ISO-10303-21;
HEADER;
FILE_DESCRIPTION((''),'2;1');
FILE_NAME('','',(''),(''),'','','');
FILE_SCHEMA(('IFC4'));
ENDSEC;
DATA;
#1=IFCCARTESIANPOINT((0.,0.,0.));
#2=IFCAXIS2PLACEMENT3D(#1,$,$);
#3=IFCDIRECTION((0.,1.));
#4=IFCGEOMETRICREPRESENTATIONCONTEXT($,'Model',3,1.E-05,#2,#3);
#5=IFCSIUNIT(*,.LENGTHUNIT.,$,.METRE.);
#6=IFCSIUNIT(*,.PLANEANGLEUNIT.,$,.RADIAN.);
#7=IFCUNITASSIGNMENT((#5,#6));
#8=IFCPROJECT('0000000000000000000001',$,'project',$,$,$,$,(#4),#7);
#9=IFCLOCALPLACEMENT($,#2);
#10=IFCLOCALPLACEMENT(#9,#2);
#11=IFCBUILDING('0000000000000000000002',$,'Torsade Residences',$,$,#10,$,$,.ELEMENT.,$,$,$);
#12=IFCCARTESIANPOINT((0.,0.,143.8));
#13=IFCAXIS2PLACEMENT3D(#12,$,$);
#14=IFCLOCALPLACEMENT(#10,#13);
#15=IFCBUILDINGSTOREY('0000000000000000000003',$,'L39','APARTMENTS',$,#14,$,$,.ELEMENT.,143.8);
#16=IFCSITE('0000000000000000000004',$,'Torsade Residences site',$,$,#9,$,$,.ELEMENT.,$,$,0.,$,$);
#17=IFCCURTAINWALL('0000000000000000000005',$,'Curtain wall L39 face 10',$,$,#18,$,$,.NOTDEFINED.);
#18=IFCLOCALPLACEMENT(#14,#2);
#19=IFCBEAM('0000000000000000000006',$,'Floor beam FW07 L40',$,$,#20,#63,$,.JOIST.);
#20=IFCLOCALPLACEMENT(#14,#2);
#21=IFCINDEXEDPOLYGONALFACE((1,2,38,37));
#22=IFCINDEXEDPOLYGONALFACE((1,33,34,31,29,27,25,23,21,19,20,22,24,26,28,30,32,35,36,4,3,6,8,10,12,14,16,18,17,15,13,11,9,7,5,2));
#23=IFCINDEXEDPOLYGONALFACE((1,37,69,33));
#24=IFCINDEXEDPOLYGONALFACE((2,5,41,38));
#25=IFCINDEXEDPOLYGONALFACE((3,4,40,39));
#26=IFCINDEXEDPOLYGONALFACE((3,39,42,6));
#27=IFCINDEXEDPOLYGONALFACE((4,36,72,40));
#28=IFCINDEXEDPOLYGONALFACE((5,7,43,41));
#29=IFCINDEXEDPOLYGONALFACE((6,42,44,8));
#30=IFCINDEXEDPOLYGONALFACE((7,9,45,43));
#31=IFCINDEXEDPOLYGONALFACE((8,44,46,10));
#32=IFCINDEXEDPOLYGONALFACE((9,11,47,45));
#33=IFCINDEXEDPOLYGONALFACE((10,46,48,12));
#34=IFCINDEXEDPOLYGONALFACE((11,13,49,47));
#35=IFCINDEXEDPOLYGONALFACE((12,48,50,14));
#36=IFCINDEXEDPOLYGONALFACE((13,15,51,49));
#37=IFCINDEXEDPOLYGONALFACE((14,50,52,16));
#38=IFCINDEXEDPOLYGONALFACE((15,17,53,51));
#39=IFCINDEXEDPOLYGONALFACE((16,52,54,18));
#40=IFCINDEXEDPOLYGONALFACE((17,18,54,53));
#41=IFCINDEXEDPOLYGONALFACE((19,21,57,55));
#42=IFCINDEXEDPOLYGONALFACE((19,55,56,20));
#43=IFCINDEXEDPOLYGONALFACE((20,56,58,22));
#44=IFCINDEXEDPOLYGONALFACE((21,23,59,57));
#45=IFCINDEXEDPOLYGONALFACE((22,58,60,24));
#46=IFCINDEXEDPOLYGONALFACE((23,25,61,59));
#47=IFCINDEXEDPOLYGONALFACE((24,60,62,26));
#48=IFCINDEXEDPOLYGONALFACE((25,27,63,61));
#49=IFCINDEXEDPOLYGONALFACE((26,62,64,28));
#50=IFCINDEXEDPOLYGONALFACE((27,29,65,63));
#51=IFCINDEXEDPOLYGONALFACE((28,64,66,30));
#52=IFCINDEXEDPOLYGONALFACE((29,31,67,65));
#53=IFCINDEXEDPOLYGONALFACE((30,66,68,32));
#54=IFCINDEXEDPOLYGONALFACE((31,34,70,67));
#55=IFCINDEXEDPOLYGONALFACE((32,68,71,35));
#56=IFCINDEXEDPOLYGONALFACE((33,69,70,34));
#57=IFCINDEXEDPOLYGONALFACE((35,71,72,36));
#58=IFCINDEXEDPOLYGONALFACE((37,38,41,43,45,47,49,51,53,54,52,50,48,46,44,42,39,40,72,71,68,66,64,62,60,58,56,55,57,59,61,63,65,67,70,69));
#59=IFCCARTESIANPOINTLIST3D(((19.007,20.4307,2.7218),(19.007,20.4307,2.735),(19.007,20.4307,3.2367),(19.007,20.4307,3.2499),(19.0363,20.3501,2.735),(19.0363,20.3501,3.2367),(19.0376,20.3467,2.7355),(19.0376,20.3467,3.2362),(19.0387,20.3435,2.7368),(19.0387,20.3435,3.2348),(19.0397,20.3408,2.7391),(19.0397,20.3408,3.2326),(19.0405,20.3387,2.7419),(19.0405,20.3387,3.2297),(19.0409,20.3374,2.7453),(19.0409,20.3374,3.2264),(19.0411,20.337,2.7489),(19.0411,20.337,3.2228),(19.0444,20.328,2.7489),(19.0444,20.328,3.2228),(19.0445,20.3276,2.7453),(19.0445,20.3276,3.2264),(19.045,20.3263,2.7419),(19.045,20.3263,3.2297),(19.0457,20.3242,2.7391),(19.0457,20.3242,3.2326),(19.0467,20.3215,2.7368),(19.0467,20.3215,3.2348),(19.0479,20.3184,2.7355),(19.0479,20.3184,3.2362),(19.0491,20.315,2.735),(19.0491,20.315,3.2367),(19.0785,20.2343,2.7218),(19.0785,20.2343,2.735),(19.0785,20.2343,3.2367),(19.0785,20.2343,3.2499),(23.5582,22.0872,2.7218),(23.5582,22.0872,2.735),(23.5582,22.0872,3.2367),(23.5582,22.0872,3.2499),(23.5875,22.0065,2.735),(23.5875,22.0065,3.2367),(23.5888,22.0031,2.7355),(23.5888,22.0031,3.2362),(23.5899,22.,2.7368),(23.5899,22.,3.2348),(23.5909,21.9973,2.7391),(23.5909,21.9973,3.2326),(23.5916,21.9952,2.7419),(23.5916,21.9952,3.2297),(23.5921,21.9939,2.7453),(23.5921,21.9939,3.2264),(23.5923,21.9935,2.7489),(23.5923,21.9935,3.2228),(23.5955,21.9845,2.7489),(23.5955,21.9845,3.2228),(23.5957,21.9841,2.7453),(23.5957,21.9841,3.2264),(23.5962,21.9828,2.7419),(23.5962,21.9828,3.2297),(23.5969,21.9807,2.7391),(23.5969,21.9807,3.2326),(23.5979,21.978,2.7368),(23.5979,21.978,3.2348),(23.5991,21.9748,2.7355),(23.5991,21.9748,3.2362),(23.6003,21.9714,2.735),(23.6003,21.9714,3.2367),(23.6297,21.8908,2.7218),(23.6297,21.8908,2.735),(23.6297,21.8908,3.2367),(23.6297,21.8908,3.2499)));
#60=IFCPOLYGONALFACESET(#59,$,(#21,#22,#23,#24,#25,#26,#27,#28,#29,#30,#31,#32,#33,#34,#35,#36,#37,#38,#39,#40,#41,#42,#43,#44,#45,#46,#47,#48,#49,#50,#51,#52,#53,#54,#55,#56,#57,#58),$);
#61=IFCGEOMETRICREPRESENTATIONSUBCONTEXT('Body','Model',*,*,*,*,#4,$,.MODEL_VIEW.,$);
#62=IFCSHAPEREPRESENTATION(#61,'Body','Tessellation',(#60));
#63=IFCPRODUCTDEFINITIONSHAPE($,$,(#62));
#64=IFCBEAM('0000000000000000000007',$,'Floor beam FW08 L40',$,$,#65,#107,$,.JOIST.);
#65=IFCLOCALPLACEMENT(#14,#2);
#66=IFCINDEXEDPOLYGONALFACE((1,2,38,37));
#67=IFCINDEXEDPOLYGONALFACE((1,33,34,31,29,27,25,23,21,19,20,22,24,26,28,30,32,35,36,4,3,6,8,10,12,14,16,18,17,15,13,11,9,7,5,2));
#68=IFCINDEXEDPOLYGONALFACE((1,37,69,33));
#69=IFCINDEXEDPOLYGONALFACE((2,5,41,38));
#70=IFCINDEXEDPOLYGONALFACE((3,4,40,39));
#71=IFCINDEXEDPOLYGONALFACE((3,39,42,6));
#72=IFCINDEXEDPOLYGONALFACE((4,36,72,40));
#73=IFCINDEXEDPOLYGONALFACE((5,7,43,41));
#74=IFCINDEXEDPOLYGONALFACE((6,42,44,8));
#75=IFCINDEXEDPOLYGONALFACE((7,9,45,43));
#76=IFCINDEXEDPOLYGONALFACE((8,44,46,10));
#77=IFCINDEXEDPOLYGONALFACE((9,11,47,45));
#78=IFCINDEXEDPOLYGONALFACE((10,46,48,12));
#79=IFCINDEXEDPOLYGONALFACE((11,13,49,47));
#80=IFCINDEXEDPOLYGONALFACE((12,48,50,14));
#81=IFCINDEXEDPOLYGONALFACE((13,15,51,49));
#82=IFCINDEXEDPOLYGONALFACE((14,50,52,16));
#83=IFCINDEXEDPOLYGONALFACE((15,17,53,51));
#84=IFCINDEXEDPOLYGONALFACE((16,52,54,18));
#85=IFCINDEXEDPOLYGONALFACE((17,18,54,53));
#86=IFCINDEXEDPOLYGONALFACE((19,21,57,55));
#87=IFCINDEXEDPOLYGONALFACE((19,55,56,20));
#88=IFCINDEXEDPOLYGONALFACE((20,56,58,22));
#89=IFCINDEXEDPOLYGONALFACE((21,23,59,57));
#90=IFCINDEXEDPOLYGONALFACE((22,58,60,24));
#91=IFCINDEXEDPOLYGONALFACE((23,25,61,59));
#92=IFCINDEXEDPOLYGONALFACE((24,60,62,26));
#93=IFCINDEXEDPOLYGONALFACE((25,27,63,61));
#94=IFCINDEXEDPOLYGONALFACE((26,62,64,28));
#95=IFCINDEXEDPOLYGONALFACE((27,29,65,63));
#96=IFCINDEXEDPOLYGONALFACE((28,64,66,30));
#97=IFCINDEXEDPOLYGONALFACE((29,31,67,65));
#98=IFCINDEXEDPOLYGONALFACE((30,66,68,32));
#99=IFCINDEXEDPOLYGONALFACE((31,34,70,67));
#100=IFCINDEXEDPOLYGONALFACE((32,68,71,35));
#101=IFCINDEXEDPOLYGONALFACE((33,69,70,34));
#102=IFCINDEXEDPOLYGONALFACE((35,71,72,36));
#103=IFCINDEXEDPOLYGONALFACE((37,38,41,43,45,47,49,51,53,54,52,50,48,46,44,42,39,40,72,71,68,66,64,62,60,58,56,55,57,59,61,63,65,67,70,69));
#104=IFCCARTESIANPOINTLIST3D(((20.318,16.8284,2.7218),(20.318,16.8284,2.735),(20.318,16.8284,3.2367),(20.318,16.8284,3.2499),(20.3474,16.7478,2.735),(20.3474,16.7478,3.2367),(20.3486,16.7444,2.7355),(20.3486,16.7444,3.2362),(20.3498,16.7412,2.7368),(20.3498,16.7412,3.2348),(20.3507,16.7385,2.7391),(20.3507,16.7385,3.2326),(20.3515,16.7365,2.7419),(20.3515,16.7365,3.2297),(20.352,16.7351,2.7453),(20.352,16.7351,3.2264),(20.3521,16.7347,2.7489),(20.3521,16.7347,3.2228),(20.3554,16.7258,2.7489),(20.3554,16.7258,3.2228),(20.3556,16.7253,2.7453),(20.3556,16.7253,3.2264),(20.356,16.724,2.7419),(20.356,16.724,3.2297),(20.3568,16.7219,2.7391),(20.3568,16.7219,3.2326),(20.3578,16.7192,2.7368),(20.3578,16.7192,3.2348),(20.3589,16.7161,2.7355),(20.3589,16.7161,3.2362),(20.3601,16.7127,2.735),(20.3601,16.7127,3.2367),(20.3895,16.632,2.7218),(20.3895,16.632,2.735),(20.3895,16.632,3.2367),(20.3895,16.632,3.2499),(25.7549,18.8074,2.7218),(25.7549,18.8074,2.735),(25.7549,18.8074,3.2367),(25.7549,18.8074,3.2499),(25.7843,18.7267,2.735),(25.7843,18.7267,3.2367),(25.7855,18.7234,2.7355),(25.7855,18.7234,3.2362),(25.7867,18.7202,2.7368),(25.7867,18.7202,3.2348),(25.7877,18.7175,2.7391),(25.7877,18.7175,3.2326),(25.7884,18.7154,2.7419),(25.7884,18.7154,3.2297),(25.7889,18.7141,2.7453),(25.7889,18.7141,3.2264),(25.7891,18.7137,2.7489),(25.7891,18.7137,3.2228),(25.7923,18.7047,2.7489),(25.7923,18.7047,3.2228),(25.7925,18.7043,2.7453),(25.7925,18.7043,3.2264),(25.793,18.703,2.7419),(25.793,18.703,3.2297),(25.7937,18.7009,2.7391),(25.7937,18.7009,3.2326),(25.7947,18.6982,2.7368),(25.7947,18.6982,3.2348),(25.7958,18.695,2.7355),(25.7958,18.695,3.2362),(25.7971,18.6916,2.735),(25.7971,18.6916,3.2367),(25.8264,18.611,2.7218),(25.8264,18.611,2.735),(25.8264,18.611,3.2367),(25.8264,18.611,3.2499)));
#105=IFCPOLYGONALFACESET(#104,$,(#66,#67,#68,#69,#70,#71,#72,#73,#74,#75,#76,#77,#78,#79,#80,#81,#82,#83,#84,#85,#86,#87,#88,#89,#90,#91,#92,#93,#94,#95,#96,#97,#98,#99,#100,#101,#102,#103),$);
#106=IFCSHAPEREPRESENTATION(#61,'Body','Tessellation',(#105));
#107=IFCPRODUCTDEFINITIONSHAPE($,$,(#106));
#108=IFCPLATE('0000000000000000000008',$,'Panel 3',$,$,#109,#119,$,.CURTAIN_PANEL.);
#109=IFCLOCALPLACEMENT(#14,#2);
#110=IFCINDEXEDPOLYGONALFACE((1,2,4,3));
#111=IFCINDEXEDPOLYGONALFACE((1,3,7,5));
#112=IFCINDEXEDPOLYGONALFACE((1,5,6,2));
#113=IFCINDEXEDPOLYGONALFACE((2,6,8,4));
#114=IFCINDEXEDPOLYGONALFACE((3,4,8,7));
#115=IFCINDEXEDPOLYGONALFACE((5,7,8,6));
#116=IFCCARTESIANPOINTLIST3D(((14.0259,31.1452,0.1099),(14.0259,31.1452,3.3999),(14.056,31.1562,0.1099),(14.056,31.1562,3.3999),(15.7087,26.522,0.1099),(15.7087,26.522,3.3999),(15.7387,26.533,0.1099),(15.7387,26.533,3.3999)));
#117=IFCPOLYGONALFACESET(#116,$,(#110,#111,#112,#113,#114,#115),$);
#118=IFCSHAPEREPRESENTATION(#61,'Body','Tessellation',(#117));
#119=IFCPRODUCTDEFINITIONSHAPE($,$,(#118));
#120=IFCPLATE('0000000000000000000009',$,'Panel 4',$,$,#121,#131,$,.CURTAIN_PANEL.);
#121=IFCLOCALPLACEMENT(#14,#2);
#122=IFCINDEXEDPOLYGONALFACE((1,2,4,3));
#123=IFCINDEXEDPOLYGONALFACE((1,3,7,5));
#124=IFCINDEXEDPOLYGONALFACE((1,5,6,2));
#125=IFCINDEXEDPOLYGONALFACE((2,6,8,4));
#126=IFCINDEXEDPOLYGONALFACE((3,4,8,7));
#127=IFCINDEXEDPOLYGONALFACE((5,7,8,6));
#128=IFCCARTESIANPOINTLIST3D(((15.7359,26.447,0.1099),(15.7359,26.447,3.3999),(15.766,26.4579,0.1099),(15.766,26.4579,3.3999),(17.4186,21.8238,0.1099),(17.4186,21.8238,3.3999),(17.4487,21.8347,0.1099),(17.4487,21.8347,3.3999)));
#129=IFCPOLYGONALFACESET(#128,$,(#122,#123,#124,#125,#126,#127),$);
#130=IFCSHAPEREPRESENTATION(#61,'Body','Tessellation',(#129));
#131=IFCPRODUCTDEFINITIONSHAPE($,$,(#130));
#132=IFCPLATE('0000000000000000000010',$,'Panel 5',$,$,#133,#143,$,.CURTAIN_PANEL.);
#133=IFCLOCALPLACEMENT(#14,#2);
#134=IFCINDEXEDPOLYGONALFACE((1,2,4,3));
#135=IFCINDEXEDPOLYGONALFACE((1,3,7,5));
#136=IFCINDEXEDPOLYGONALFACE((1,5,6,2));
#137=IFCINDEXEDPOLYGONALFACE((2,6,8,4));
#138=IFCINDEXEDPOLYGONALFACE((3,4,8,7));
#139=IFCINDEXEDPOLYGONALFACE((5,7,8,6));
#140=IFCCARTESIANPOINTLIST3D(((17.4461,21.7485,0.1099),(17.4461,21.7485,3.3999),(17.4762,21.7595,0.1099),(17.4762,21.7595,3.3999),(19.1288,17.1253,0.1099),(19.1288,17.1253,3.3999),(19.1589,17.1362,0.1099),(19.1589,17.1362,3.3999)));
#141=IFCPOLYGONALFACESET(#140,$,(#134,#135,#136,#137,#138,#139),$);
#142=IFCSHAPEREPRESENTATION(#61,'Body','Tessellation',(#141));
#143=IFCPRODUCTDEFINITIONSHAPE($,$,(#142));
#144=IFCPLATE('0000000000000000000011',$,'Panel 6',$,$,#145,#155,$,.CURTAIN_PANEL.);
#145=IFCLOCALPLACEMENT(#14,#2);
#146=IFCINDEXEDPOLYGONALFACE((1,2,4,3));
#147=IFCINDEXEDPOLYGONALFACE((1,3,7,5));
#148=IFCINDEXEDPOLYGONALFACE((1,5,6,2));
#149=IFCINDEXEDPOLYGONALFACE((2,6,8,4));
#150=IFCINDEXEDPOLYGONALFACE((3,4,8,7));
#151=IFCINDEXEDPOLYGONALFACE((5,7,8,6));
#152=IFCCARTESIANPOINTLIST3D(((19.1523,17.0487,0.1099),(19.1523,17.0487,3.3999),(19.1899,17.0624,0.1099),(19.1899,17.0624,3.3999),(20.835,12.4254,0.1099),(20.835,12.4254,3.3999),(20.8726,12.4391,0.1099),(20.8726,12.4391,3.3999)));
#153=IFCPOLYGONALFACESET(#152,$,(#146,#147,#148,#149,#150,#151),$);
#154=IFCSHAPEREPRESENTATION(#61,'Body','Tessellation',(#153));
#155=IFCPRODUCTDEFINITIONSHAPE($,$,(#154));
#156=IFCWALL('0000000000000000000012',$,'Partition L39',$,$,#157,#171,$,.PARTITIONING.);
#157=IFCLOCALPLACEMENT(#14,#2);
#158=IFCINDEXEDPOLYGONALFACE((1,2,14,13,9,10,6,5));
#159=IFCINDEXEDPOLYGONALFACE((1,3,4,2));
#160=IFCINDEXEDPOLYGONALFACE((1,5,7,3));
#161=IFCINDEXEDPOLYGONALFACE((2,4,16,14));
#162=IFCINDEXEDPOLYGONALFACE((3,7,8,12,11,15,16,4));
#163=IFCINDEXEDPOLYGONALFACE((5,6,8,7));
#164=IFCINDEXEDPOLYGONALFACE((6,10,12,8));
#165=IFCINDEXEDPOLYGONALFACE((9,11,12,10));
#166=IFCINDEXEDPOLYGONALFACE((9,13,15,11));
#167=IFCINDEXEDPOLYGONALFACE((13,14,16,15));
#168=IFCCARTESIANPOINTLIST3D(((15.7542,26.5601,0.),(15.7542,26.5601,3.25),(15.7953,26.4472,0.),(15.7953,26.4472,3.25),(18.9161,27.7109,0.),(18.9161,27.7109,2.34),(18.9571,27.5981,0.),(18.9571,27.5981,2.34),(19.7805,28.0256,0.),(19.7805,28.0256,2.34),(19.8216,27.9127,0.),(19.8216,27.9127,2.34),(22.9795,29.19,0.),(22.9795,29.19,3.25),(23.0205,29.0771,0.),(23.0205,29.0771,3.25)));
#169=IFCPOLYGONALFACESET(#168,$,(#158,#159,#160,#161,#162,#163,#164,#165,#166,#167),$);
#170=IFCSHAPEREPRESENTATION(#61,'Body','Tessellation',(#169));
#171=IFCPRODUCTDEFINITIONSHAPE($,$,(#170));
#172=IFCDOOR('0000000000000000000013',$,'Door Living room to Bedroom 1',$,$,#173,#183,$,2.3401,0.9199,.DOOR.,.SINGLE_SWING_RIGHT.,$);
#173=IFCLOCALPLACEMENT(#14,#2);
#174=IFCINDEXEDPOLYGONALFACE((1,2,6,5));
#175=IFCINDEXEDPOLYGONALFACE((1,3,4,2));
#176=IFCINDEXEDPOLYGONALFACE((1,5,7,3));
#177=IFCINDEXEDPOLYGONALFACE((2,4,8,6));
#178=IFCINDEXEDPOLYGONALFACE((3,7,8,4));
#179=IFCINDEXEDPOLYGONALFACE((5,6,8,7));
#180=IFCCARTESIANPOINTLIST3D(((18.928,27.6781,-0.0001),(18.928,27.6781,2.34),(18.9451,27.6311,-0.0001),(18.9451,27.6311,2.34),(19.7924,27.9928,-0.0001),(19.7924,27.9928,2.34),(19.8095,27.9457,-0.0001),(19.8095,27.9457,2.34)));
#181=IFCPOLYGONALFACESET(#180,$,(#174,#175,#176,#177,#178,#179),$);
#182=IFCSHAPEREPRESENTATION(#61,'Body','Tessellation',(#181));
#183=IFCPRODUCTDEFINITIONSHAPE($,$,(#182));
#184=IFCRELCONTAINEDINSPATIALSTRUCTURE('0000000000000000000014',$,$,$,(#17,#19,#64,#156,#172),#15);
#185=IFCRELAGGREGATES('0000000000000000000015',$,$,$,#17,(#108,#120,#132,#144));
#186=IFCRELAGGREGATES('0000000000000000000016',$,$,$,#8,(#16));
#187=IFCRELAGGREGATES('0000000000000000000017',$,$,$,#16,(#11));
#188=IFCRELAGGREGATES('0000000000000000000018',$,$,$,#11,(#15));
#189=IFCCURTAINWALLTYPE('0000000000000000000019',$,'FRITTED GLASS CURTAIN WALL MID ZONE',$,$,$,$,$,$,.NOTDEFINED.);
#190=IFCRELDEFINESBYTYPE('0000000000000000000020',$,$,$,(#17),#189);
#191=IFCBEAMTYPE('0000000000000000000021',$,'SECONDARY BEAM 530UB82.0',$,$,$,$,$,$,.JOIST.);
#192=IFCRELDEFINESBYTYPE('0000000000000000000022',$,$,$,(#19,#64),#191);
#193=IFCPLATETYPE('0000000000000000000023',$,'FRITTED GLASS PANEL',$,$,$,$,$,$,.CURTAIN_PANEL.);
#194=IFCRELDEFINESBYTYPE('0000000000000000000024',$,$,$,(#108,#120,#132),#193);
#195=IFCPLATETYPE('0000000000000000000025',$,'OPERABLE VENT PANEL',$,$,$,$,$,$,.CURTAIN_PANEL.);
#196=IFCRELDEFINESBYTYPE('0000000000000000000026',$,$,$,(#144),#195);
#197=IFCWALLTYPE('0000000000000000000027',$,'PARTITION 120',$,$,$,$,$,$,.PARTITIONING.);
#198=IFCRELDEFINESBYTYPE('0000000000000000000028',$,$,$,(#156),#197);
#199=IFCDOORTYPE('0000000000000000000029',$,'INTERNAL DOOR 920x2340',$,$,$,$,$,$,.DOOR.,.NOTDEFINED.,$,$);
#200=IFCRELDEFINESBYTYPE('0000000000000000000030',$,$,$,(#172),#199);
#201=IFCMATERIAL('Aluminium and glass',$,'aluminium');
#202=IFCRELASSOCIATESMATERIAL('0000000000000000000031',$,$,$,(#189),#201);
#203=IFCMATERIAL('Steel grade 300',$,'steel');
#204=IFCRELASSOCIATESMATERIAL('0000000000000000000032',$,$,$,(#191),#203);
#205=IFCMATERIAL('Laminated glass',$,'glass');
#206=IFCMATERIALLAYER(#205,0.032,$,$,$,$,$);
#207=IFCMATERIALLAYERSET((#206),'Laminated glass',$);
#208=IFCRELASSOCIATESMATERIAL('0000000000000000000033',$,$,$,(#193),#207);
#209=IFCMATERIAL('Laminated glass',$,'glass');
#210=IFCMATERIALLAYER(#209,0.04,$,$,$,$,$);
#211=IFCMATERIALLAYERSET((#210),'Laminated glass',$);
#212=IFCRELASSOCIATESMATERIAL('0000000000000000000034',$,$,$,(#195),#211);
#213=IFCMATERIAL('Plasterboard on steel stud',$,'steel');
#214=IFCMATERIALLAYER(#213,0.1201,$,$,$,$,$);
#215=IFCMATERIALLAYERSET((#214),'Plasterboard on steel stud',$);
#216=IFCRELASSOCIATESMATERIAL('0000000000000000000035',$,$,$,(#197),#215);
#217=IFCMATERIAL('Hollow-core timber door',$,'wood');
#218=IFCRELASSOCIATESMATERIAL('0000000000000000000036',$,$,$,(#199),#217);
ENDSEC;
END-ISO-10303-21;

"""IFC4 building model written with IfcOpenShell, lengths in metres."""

from ifc_helpers import new_model, si_unit, direction, frame, frame_2d, origin, origin_2d, place, context, subcontext, project, spatial, rectangle, i_section, extrude, material, layer, layer_set, material_profile, profile_set, type_object, element, fill, aggregate, save


model = new_model("IFC4")

# Units and contexts
model_context = context("Model", 3, precision=1e-05, world=origin(), true_north=direction((0.0, 1.0)))
body_context = subcontext(model_context, "Body", "Model", "MODEL_VIEW")
ifc_project = project(units=[si_unit("LENGTHUNIT", "METRE"), si_unit("PLANEANGLEUNIT", "RADIAN")], contexts=[model_context])

# Site, building, storey
site_placement = place(None, origin())
site = spatial("IfcSite", under=ifc_project, at=site_placement, Name="Torsade Residences site", CompositionType="ELEMENT", RefElevation=0.0)
building_placement = place(site_placement, origin())
building = spatial("IfcBuilding", under=site, at=building_placement, Name="Torsade Residences", CompositionType="ELEMENT")
storey_placement = place(building_placement, frame((0.0, 0.0, 143.8)))
storey = spatial("IfcBuildingStorey", under=building, at=storey_placement, Name="L39", Description="APARTMENTS", CompositionType="ELEMENT", Elevation=143.8)

# Curtain wall
ifc_material_1 = material(Name="Aluminium and glass", Category="aluminium")
curtain_wall_type = type_object("IfcCurtainWallType", Name="FRITTED GLASS CURTAIN WALL MID ZONE", PredefinedType="NOTDEFINED", material=ifc_material_1)
curtain_wall_placement = place(storey_placement, origin())
curtain_wall = element("IfcCurtainWall", 1, at=curtain_wall_placement, inside=storey, type_object=curtain_wall_type, Name="Curtain wall L39 face 10", PredefinedType="NOTDEFINED")

# Beams
ifc_material_2 = material(Name="Steel grade 300", Category="steel")
ifc_material_profile_1 = material_profile(ifc_material_2, i_section(OverallWidth=0.209, OverallDepth=0.5281, WebThickness=0.0095, FlangeThickness=0.0132, FilletRadius=0.0139, at=origin_2d()), Name="530UB82.0")
ifc_profile_set_1 = profile_set([ifc_material_profile_1], Name="Steel grade 300")
beam_type_1 = type_object("IfcBeamType", Name="SECONDARY BEAM 530UB82.0", PredefinedType="JOIST", material=ifc_profile_set_1)
beam_1_placement = place(storey_placement, frame((19.0427, 20.3325, 2.9858), z_axis=(0.939695, 0.342014, 0.0), x_axis=(-0.342014, 0.939695, 0.0)))
element("IfcBeam", 2, at=beam_1_placement, inside=storey, type_object=beam_type_1, Name="Floor beam FW07 L40", PredefinedType="JOIST", context=body_context, shape_type="SweptSolid", body=[
    extrude(i_section(OverallWidth=0.209, OverallDepth=0.5281, WebThickness=0.0095, FlangeThickness=0.0132, FilletRadius=0.0139, at=origin_2d()), origin(), (0.0, 0.0, 1.0), 4.8433),
])
beam_2_placement = place(storey_placement, frame((20.3538, 16.7302, 2.9858), z_axis=(0.939687, 0.342034, 0.0), x_axis=(-0.342034, 0.939687, 0.0)))
element("IfcBeam", 3, at=beam_2_placement, inside=storey, type_object=beam_type_1, Name="Floor beam FW08 L40", PredefinedType="JOIST", context=body_context, shape_type="SweptSolid", body=[
    extrude(i_section(OverallWidth=0.209, OverallDepth=0.5281, WebThickness=0.0095, FlangeThickness=0.0132, FilletRadius=0.0139, at=origin_2d()), origin(), (0.0, 0.0, 1.0), 5.7859),
])

# Plates
ifc_material_3 = material(Name="Laminated glass", Category="glass")
ifc_layer_1 = layer(ifc_material_3, 0.032)
ifc_layer_set_1 = layer_set([ifc_layer_1], Name="Laminated glass")
plate_type_1 = type_object("IfcPlateType", Name="FRITTED GLASS PANEL", PredefinedType="CURTAIN_PANEL", material=ifc_layer_set_1)
plate_1_placement = place(storey_placement, frame((14.8823, 28.8391, 0.1099), z_axis=(0.0, 0.0, 1.0), x_axis=(0.34202, -0.939693, 0.0)))
plate_1 = element("IfcPlate", 4, at=plate_1_placement, type_object=plate_type_1, Name="Panel 3", PredefinedType="CURTAIN_PANEL", context=body_context, shape_type="SweptSolid", body=[
    extrude(rectangle(XDim=4.9199, YDim=0.032, at=origin_2d()), origin(), (0.0, 0.0, 1.0), 3.29),
])
plate_2_placement = place(storey_placement, frame((16.5923, 24.1409, 0.1099), z_axis=(0.0, 0.0, 1.0), x_axis=(0.34202, -0.939693, 0.0)))
plate_2 = element("IfcPlate", 5, at=plate_2_placement, type_object=plate_type_1, Name="Panel 4", PredefinedType="CURTAIN_PANEL", context=body_context, shape_type="SweptSolid", body=[
    extrude(rectangle(XDim=4.9199, YDim=0.032, at=origin_2d()), origin(), (0.0, 0.0, 1.0), 3.29),
])
plate_3_placement = place(storey_placement, frame((18.3025, 19.4424, 0.1099), z_axis=(0.0, 0.0, 1.0), x_axis=(0.34202, -0.939693, 0.0)))
plate_3 = element("IfcPlate", 6, at=plate_3_placement, type_object=plate_type_1, Name="Panel 5", PredefinedType="CURTAIN_PANEL", context=body_context, shape_type="SweptSolid", body=[
    extrude(rectangle(XDim=4.9199, YDim=0.032, at=origin_2d()), origin(), (0.0, 0.0, 1.0), 3.29),
])
ifc_material_4 = material(Name="Laminated glass", Category="glass")
ifc_layer_2 = layer(ifc_material_4, 0.04)
ifc_layer_set_2 = layer_set([ifc_layer_2], Name="Laminated glass")
plate_type_2 = type_object("IfcPlateType", Name="OPERABLE VENT PANEL", PredefinedType="CURTAIN_PANEL", material=ifc_layer_set_2)
plate_4_placement = place(storey_placement, frame((20.0125, 14.7439, 0.1099), z_axis=(0.0, 0.0, 1.0), x_axis=(0.34202, -0.939693, 0.0)))
plate_4 = element("IfcPlate", 7, at=plate_4_placement, type_object=plate_type_2, Name="Panel 6", PredefinedType="CURTAIN_PANEL", context=body_context, shape_type="SweptSolid", body=[
    extrude(rectangle(XDim=4.9199, YDim=0.04, at=origin_2d()), origin(), (0.0, 0.0, 1.0), 3.29),
])
aggregate(curtain_wall, [plate_1, plate_2, plate_3, plate_4])

# Wall, opening, door
ifc_material_5 = material(Name="Plasterboard on steel stud", Category="steel")
ifc_layer_3 = layer(ifc_material_5, 0.1201)
ifc_layer_set_3 = layer_set([ifc_layer_3], Name="Plasterboard on steel stud")
wall_type_1 = type_object("IfcWallType", Name="PARTITION 120", PredefinedType="PARTITIONING", material=ifc_layer_set_3)
wall_1_placement = place(storey_placement, frame((23.0, 29.1335, 0.0), z_axis=(0.0, 0.0, 1.0), x_axis=(-0.939686, -0.342039, 0.0)))
wall_1 = element("IfcWall", 8, at=wall_1_placement, inside=storey, type_object=wall_type_1, Name="Partition L39", PredefinedType="PARTITIONING", context=body_context, shape_type="SweptSolid", body=[
    extrude(rectangle(XDim=7.689, YDim=0.1201, at=frame_2d((3.8445, 0.0))), origin(), (0.0, 0.0, 1.0), 3.25),
])
opening_1_placement = place(wall_1_placement, frame((3.4043, 0.0, 0.0)))
opening_1 = element("IfcOpeningElement", 9, at=opening_1_placement, cuts=wall_1, PredefinedType="OPENING", context=body_context, shape_type="SweptSolid", body=[
    extrude(rectangle(XDim=0.9199, YDim=2.3401, at=frame_2d((0.46, 1.1699))), frame((0.0, 0.0701, 0.0), z_axis=(0.0, -1.0, 0.0), x_axis=(1.0, 0.0, 0.0)), (0.0, 0.0, 1.0), 0.1401),
])
ifc_material_6 = material(Name="Hollow-core timber door", Category="wood")
door_type_1 = type_object("IfcDoorType", Name="INTERNAL DOOR 920x2340", OperationType="NOTDEFINED", PredefinedType="DOOR", material=ifc_material_6)
door_1_placement = place(opening_1_placement, origin())
door_1 = element("IfcDoor", 10, at=door_1_placement, inside=storey, type_object=door_type_1, Name="Door Living room to Bedroom 1", OperationType="SINGLE_SWING_RIGHT", OverallHeight=2.3401, OverallWidth=0.9199, PredefinedType="DOOR", context=body_context, shape_type="SweptSolid", body=[
    extrude(rectangle(XDim=0.9199, YDim=2.3401, at=frame_2d((0.46, 1.1699))), frame((0.0, 0.0249, 0.0), z_axis=(0.0, -1.0, 0.0), x_axis=(1.0, 0.0, 0.0)), (0.0, 0.0, 1.0), 0.05),
])
fill(opening_1, door_1)

save(model, "model.ifc")
